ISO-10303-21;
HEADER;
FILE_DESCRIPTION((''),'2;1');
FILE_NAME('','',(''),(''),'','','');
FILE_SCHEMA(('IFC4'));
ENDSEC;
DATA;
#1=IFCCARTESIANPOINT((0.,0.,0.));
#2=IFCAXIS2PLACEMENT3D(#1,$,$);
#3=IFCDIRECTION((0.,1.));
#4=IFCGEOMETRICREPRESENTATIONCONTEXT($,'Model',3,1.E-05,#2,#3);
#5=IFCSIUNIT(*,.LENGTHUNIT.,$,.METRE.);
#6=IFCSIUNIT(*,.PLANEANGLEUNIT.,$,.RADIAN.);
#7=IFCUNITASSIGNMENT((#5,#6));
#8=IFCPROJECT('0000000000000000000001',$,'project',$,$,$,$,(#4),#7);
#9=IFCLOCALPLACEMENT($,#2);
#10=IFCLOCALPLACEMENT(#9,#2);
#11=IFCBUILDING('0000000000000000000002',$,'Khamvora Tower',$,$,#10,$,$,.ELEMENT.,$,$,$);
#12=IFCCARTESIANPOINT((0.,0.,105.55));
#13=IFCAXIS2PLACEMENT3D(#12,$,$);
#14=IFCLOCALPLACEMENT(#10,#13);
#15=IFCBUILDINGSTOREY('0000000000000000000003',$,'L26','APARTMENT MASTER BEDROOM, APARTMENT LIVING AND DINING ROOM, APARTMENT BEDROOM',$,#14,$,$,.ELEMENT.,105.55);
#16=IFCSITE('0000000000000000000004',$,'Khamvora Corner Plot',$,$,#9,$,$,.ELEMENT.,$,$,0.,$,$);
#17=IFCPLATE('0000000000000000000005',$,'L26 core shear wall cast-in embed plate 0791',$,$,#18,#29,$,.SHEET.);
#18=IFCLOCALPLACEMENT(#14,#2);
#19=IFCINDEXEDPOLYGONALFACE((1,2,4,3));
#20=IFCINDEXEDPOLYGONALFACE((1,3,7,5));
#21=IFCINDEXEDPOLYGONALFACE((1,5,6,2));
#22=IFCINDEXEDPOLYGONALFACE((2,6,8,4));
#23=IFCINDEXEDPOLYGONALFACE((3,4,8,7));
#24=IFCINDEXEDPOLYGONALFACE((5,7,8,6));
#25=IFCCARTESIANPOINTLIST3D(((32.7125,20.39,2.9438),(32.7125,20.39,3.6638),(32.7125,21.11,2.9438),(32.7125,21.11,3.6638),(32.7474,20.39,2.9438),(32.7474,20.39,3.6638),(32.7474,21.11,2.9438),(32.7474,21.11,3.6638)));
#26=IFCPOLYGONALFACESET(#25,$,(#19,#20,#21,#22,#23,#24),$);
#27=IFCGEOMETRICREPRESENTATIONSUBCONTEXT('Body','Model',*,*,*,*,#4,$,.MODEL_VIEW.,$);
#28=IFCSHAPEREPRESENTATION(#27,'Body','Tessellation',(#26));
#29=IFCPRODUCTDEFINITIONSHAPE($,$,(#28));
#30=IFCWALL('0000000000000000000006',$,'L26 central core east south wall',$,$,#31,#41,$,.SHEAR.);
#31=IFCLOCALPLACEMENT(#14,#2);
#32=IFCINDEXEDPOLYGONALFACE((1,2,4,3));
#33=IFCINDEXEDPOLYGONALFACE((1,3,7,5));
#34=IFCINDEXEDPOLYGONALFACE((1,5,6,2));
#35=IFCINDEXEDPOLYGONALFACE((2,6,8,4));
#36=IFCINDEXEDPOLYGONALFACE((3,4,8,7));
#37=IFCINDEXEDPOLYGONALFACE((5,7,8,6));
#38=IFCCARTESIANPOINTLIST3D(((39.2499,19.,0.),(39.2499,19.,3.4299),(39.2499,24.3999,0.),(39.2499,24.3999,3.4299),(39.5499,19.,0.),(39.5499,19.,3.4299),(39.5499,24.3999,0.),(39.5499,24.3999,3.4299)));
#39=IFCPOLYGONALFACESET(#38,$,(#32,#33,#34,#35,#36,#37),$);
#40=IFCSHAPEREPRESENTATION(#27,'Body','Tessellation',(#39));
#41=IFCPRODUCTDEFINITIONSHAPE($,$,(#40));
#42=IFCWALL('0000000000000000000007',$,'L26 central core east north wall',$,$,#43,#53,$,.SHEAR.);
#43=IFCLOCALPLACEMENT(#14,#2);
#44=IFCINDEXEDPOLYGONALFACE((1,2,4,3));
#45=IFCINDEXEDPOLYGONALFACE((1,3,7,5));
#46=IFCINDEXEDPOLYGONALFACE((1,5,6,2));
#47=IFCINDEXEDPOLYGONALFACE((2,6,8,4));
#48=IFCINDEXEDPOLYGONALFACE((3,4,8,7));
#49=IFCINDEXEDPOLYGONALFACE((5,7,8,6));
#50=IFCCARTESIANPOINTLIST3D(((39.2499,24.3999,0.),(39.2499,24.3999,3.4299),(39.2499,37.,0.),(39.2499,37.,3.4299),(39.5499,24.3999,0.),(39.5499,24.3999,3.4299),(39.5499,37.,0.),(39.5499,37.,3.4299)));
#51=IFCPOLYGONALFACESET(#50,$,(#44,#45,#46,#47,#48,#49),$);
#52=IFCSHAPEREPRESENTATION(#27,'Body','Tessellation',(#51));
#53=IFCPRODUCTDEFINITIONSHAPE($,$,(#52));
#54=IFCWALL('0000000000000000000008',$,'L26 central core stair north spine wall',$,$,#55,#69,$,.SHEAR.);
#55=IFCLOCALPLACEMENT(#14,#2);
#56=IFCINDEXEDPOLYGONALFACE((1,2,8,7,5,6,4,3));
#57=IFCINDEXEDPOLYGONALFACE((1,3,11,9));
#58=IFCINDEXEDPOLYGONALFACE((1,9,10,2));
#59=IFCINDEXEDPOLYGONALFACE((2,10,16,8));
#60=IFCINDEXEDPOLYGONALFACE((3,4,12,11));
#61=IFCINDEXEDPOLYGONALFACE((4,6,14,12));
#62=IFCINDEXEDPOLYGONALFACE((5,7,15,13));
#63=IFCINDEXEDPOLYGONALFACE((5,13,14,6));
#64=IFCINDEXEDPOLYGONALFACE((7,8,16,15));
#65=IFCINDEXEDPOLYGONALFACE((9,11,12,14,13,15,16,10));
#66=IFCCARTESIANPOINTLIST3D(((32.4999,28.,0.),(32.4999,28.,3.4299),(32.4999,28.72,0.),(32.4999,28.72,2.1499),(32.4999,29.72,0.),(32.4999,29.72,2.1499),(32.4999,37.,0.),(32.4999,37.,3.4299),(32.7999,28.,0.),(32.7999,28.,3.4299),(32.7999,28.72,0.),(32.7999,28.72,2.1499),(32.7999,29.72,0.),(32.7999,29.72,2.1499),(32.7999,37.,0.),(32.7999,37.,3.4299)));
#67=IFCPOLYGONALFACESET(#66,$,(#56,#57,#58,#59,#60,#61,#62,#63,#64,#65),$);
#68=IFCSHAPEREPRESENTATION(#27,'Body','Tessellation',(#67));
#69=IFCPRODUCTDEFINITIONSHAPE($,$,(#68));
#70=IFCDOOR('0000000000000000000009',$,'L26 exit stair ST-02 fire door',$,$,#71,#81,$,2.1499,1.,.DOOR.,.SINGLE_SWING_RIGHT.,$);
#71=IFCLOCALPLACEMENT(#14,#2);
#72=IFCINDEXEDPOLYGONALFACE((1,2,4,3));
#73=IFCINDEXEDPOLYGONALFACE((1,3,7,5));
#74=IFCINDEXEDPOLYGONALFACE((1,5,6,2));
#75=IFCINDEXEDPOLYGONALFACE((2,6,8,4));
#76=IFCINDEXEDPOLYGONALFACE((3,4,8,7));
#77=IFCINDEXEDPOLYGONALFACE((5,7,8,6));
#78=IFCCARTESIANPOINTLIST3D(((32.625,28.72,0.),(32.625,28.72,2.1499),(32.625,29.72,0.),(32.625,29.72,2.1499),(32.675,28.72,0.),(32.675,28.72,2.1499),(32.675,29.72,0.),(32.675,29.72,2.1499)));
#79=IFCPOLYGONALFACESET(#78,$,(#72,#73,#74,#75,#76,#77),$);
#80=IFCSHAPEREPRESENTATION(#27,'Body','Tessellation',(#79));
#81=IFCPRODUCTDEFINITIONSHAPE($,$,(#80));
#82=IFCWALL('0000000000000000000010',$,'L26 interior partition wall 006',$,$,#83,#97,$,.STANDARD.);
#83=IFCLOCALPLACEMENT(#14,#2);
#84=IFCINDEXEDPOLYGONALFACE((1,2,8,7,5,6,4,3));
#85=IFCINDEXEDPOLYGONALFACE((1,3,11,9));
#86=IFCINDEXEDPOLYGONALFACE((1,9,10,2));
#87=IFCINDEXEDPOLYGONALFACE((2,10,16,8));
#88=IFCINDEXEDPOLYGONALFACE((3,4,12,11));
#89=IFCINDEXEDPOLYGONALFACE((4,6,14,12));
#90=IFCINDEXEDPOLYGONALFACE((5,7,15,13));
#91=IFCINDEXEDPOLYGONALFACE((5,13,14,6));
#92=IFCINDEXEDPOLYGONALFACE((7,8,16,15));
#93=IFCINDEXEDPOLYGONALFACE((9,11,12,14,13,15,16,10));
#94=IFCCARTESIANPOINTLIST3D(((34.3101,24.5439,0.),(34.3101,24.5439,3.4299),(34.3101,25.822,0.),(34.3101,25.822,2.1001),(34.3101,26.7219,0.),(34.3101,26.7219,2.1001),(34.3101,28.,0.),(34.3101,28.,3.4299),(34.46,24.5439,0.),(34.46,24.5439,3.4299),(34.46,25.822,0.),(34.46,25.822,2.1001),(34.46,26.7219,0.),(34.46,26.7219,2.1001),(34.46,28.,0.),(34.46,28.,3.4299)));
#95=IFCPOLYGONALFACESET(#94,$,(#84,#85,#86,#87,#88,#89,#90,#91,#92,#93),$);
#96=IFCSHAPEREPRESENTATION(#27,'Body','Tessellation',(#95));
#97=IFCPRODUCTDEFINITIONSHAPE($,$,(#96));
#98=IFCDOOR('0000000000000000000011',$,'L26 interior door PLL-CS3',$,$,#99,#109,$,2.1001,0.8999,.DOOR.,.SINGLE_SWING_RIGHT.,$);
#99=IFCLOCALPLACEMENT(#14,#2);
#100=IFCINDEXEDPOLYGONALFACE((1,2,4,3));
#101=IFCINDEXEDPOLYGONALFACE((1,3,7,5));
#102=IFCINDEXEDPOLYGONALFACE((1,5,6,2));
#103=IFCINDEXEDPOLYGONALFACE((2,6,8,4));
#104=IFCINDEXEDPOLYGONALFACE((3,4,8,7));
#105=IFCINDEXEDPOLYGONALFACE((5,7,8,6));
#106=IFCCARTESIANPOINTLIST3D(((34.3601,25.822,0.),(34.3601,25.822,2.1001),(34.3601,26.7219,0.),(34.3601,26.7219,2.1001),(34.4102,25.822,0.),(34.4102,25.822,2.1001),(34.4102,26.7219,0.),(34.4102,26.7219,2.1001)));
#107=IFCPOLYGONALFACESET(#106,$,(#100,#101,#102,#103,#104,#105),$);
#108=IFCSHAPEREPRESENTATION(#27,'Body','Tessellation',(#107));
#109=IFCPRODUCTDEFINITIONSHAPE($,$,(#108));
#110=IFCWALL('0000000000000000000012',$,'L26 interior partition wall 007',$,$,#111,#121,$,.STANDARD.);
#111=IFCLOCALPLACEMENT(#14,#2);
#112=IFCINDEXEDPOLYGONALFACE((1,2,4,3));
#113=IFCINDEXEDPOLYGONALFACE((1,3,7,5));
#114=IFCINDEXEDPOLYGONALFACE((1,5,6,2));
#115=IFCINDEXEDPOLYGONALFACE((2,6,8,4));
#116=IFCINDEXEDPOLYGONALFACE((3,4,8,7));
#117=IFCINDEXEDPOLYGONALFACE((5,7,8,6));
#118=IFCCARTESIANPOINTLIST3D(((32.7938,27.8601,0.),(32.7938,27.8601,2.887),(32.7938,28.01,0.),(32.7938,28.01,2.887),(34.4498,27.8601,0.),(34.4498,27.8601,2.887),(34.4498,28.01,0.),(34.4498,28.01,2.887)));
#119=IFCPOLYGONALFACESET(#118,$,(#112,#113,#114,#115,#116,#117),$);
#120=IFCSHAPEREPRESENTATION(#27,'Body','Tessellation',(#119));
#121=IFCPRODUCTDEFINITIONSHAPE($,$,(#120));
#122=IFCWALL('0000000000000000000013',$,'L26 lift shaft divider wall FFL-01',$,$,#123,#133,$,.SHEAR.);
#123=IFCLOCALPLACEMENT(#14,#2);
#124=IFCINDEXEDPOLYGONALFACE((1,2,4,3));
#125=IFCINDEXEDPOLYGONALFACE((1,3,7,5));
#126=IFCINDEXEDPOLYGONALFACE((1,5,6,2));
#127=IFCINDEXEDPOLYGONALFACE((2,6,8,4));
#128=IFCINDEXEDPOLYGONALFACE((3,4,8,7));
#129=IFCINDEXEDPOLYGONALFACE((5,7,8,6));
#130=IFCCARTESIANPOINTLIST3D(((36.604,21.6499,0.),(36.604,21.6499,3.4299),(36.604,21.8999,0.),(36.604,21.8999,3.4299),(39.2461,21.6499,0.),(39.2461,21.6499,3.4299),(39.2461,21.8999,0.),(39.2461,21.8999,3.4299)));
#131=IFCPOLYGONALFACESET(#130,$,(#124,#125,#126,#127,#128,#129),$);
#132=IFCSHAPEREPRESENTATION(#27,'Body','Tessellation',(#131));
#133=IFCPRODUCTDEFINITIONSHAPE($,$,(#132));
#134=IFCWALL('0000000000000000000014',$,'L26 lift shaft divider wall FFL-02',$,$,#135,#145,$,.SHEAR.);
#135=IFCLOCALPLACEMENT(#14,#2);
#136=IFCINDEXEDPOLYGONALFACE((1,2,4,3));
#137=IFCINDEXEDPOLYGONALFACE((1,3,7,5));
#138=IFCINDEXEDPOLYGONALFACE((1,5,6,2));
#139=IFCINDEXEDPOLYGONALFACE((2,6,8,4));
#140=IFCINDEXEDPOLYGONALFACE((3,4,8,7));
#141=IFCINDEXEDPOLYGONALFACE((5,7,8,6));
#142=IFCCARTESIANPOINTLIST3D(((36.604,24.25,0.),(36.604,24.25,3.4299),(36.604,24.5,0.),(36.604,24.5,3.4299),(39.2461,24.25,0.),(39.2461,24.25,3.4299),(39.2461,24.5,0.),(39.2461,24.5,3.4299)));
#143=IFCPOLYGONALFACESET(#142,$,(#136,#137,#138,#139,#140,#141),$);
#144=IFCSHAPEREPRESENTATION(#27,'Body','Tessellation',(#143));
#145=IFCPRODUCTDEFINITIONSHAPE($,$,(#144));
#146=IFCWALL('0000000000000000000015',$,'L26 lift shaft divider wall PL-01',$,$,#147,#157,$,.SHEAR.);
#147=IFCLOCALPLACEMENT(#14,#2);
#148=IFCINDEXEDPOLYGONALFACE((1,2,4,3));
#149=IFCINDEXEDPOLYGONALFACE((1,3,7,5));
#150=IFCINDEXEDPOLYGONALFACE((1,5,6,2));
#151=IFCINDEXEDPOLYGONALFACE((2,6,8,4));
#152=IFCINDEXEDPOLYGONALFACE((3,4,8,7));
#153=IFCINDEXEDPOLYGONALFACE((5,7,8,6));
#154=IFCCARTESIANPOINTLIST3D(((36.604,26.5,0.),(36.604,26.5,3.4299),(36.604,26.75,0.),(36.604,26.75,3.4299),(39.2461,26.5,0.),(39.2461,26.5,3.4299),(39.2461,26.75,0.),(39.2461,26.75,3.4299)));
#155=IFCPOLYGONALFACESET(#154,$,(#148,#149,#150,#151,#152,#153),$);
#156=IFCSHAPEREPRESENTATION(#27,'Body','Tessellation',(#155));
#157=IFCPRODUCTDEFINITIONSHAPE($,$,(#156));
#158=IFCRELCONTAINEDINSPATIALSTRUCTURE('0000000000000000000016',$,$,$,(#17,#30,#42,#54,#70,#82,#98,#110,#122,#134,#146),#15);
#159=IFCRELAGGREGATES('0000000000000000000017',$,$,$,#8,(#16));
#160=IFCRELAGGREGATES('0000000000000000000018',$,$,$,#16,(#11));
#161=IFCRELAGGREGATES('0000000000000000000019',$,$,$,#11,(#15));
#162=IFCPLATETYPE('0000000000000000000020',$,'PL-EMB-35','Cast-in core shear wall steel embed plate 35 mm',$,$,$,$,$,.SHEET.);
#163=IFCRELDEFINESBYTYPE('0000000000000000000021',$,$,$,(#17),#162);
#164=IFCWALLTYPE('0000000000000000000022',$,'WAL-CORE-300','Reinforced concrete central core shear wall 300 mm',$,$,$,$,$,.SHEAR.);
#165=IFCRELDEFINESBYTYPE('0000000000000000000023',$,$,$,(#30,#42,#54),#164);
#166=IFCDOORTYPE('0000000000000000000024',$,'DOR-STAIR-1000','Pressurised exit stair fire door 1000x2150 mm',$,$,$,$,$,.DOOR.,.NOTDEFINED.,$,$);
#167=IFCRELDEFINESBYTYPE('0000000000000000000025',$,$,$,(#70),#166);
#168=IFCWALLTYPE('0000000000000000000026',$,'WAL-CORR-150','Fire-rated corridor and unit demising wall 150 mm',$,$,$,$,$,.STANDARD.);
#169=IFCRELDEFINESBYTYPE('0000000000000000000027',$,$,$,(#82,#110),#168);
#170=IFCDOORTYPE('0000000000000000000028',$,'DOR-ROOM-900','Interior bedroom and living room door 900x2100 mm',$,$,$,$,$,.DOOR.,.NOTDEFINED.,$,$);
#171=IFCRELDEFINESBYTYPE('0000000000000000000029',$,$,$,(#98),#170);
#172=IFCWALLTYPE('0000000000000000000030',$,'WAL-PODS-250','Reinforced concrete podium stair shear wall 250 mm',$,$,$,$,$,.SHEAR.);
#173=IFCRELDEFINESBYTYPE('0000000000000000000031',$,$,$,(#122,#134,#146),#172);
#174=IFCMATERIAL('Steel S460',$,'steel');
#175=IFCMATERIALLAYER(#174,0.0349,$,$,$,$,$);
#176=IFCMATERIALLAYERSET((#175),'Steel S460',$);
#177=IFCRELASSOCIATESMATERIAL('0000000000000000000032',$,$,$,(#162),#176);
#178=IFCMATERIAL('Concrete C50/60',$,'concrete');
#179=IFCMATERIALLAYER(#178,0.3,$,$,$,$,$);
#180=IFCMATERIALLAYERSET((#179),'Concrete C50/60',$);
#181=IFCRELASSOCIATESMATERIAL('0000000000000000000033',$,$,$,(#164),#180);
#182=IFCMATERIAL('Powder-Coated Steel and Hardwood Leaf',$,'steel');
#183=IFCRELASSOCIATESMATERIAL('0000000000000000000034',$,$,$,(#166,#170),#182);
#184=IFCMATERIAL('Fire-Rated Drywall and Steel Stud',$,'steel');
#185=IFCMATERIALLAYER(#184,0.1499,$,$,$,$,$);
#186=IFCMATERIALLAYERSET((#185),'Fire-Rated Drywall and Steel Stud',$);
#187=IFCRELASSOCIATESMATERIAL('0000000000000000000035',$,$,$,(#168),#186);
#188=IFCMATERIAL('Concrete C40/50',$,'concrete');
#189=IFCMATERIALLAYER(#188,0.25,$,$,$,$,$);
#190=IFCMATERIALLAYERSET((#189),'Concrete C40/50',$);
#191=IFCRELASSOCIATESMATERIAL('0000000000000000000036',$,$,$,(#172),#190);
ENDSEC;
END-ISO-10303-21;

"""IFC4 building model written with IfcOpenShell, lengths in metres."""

from ifc_helpers import new_model, si_unit, direction, frame, frame_2d, origin, origin_2d, place, context, subcontext, project, spatial, rectangle, extrude, material, layer, layer_set, type_object, element, fill, save


model = new_model("IFC4")

# Units and contexts
model_context = context("Model", 3, precision=1e-05, world=origin(), true_north=direction((0.0, 1.0)))
body_context = subcontext(model_context, "Body", "Model", "MODEL_VIEW")
ifc_project = project(units=[si_unit("LENGTHUNIT", "METRE"), si_unit("PLANEANGLEUNIT", "RADIAN")], contexts=[model_context])

# Site, building, storey
site_placement = place(None, origin())
site = spatial("IfcSite", under=ifc_project, at=site_placement, Name="Khamvora Corner Plot", CompositionType="ELEMENT", RefElevation=0.0)
building_placement = place(site_placement, origin())
building = spatial("IfcBuilding", under=site, at=building_placement, Name="Khamvora Tower", CompositionType="ELEMENT")
storey_placement = place(building_placement, frame((0.0, 0.0, 105.55)))
storey = spatial("IfcBuildingStorey", under=building, at=storey_placement, Name="L26", Description="APARTMENT MASTER BEDROOM, APARTMENT LIVING AND DINING ROOM, APARTMENT BEDROOM", CompositionType="ELEMENT", Elevation=105.55)

# Shared definitions
ifc_material_1 = material(Name="Steel S460", Category="steel")

# Plate
ifc_layer_1 = layer(ifc_material_1, 0.0349)
ifc_layer_set_1 = layer_set([ifc_layer_1], Name="Steel S460")
plate_type = type_object("IfcPlateType", Name="PL-EMB-35", Description="Cast-in core shear wall steel embed plate 35 mm", PredefinedType="SHEET", material=ifc_layer_set_1)
for number, where, z_axis, x_axis, name in (
    (1, (32.73, 20.75, 2.9438), (0.0, 0.0, 1.0), (1.0, 0.0, 0.0), "L26 core shear wall cast-in embed plate 0791"),
):
    element("IfcPlate", number, at=place(storey_placement, frame(where, z_axis=z_axis, x_axis=x_axis)), inside=storey, type_object=plate_type, Name=name, PredefinedType="SHEET", context=body_context, shape_type="SweptSolid", body=[
        extrude(rectangle(XDim=0.0349, YDim=0.72, at=origin_2d()), origin(), (0.0, 0.0, 1.0), 0.72),
    ])

# Walls
ifc_material_2 = material(Name="Concrete C50/60", Category="concrete")
ifc_layer_2 = layer(ifc_material_2, 0.3)
ifc_layer_set_2 = layer_set([ifc_layer_2], Name="Concrete C50/60")
wall_type_1 = type_object("IfcWallType", Name="WAL-CORE-300", Description="Reinforced concrete central core shear wall 300 mm", PredefinedType="SHEAR", material=ifc_layer_set_2)
wall_1_placement = place(storey_placement, frame((39.3999, 19.0, 0.0), z_axis=(0.0, 0.0, 1.0), x_axis=(0.0, 1.0, 0.0)))
element("IfcWall", 2, at=wall_1_placement, inside=storey, type_object=wall_type_1, Name="L26 central core east south wall", PredefinedType="SHEAR", context=body_context, shape_type="SweptSolid", body=[
    extrude(rectangle(XDim=5.3999, YDim=0.3, at=frame_2d((2.7, 0.0))), origin(), (0.0, 0.0, 1.0), 3.4299),
])
wall_2_placement = place(storey_placement, frame((39.3999, 24.3999, 0.0), z_axis=(0.0, 0.0, 1.0), x_axis=(0.0, 1.0, 0.0)))
element("IfcWall", 3, at=wall_2_placement, inside=storey, type_object=wall_type_1, Name="L26 central core east north wall", PredefinedType="SHEAR", context=body_context, shape_type="SweptSolid", body=[
    extrude(rectangle(XDim=12.6001, YDim=0.3, at=frame_2d((6.3, 0.0))), origin(), (0.0, 0.0, 1.0), 3.4299),
])

# Wall, opening, door
wall_3_placement = place(storey_placement, frame((32.6499, 28.0, 0.0), z_axis=(0.0, 0.0, 1.0), x_axis=(0.0, 1.0, 0.0)))
wall_3 = element("IfcWall", 4, at=wall_3_placement, inside=storey, type_object=wall_type_1, Name="L26 central core stair north spine wall", PredefinedType="SHEAR", context=body_context, shape_type="SweptSolid", body=[
    extrude(rectangle(XDim=9.0, YDim=0.3, at=frame_2d((4.5, 0.0))), origin(), (0.0, 0.0, 1.0), 3.4299),
])
opening_1_placement = place(wall_3_placement, frame((0.72, 0.0, 0.0)))
opening_1 = element("IfcOpeningElement", 5, at=opening_1_placement, cuts=wall_3, PredefinedType="OPENING", context=body_context, shape_type="SweptSolid", body=[
    extrude(rectangle(XDim=1.0, YDim=2.1499, at=frame_2d((0.5, 1.075))), frame((0.0, 0.1599, 0.0), z_axis=(0.0, -1.0, 0.0), x_axis=(1.0, 0.0, 0.0)), (0.0, 0.0, 1.0), 0.3201),
])
ifc_material_3 = material(Name="Powder-Coated Steel and Hardwood Leaf", Category="steel")
door_type_1 = type_object("IfcDoorType", Name="DOR-STAIR-1000", Description="Pressurised exit stair fire door 1000x2150 mm", OperationType="NOTDEFINED", PredefinedType="DOOR", material=ifc_material_3)
door_1_placement = place(opening_1_placement, origin())
door_1 = element("IfcDoor", 6, at=door_1_placement, inside=storey, type_object=door_type_1, Name="L26 exit stair ST-02 fire door", OperationType="SINGLE_SWING_RIGHT", OverallHeight=2.1499, OverallWidth=1.0, PredefinedType="DOOR", context=body_context, shape_type="SweptSolid", body=[
    extrude(rectangle(XDim=1.0, YDim=2.1499, at=frame_2d((0.5, 1.075))), frame((0.0, 0.0249, 0.0), z_axis=(0.0, -1.0, 0.0), x_axis=(1.0, 0.0, 0.0)), (0.0, 0.0, 1.0), 0.05),
])
fill(opening_1, door_1)

# Wall, opening, door
ifc_material_4 = material(Name="Fire-Rated Drywall and Steel Stud", Category="steel")
ifc_layer_3 = layer(ifc_material_4, 0.1499)
ifc_layer_set_3 = layer_set([ifc_layer_3], Name="Fire-Rated Drywall and Steel Stud")
wall_type_2 = type_object("IfcWallType", Name="WAL-CORR-150", Description="Fire-rated corridor and unit demising wall 150 mm", PredefinedType="STANDARD", material=ifc_layer_set_3)
wall_4_placement = place(storey_placement, frame((34.385, 24.5439, 0.0), z_axis=(0.0, 0.0, 1.0), x_axis=(0.0, 1.0, 0.0)))
wall_4 = element("IfcWall", 7, at=wall_4_placement, inside=storey, type_object=wall_type_2, Name="L26 interior partition wall 006", PredefinedType="STANDARD", context=body_context, shape_type="SweptSolid", body=[
    extrude(rectangle(XDim=3.4561, YDim=0.1499, at=frame_2d((1.728, 0.0))), origin(), (0.0, 0.0, 1.0), 3.4299),
])
opening_2_placement = place(wall_4_placement, frame((1.2781, 0.0, 0.0)))
opening_2 = element("IfcOpeningElement", 8, at=opening_2_placement, cuts=wall_4, PredefinedType="OPENING", context=body_context, shape_type="SweptSolid", body=[
    extrude(rectangle(XDim=0.8999, YDim=2.1001, at=frame_2d((0.45, 1.05))), frame((0.0, 0.085, 0.0), z_axis=(0.0, -1.0, 0.0), x_axis=(1.0, 0.0, 0.0)), (0.0, 0.0, 1.0), 0.1699),
])
door_type_2 = type_object("IfcDoorType", Name="DOR-ROOM-900", Description="Interior bedroom and living room door 900x2100 mm", OperationType="NOTDEFINED", PredefinedType="DOOR", material=ifc_material_3)
door_2_placement = place(opening_2_placement, origin())
door_2 = element("IfcDoor", 9, at=door_2_placement, inside=storey, type_object=door_type_2, Name="L26 interior door PLL-CS3", OperationType="SINGLE_SWING_RIGHT", OverallHeight=2.1001, OverallWidth=0.8999, PredefinedType="DOOR", context=body_context, shape_type="SweptSolid", body=[
    extrude(rectangle(XDim=0.8999, YDim=2.1001, at=frame_2d((0.45, 1.05))), frame((0.0, 0.0249, 0.0), z_axis=(0.0, -1.0, 0.0), x_axis=(1.0, 0.0, 0.0)), (0.0, 0.0, 1.0), 0.05),
])
fill(opening_2, door_2)

# Walls
wall_5_placement = place(storey_placement, frame((34.45, 27.9351, 0.0), z_axis=(0.0, 0.0, 1.0), x_axis=(-1.0, 0.0, 0.0)))
element("IfcWall", 10, at=wall_5_placement, inside=storey, type_object=wall_type_2, Name="L26 interior partition wall 007", PredefinedType="STANDARD", context=body_context, shape_type="SweptSolid", body=[
    extrude(rectangle(XDim=1.656, YDim=0.1499, at=frame_2d((0.8281, 0.0))), origin(), (0.0, 0.0, 1.0), 2.887),
])
ifc_material_5 = material(Name="Concrete C40/50", Category="concrete")
ifc_layer_4 = layer(ifc_material_5, 0.25)
ifc_layer_set_4 = layer_set([ifc_layer_4], Name="Concrete C40/50")
wall_type_3 = type_object("IfcWallType", Name="WAL-PODS-250", Description="Reinforced concrete podium stair shear wall 250 mm", PredefinedType="SHEAR", material=ifc_layer_set_4)
for number, where, z_axis, x_axis, name in (
    (11, (36.604, 21.7749, 0.0), (0.0, 0.0, 1.0), (1.0, 0.0, 0.0), "L26 lift shaft divider wall FFL-01"),
    (12, (36.604, 24.375, 0.0), (0.0, 0.0, 1.0), (1.0, 0.0, 0.0), "L26 lift shaft divider wall FFL-02"),
    (13, (36.604, 26.625, 0.0), (0.0, 0.0, 1.0), (1.0, 0.0, 0.0), "L26 lift shaft divider wall PL-01"),
):
    element("IfcWall", number, at=place(storey_placement, frame(where, z_axis=z_axis, x_axis=x_axis)), inside=storey, type_object=wall_type_3, Name=name, PredefinedType="SHEAR", context=body_context, shape_type="SweptSolid", body=[
        extrude(rectangle(XDim=2.6421, YDim=0.25, at=frame_2d((1.321, 0.0))), origin(), (0.0, 0.0, 1.0), 3.4299),
    ])

save(model, "model.ifc")
